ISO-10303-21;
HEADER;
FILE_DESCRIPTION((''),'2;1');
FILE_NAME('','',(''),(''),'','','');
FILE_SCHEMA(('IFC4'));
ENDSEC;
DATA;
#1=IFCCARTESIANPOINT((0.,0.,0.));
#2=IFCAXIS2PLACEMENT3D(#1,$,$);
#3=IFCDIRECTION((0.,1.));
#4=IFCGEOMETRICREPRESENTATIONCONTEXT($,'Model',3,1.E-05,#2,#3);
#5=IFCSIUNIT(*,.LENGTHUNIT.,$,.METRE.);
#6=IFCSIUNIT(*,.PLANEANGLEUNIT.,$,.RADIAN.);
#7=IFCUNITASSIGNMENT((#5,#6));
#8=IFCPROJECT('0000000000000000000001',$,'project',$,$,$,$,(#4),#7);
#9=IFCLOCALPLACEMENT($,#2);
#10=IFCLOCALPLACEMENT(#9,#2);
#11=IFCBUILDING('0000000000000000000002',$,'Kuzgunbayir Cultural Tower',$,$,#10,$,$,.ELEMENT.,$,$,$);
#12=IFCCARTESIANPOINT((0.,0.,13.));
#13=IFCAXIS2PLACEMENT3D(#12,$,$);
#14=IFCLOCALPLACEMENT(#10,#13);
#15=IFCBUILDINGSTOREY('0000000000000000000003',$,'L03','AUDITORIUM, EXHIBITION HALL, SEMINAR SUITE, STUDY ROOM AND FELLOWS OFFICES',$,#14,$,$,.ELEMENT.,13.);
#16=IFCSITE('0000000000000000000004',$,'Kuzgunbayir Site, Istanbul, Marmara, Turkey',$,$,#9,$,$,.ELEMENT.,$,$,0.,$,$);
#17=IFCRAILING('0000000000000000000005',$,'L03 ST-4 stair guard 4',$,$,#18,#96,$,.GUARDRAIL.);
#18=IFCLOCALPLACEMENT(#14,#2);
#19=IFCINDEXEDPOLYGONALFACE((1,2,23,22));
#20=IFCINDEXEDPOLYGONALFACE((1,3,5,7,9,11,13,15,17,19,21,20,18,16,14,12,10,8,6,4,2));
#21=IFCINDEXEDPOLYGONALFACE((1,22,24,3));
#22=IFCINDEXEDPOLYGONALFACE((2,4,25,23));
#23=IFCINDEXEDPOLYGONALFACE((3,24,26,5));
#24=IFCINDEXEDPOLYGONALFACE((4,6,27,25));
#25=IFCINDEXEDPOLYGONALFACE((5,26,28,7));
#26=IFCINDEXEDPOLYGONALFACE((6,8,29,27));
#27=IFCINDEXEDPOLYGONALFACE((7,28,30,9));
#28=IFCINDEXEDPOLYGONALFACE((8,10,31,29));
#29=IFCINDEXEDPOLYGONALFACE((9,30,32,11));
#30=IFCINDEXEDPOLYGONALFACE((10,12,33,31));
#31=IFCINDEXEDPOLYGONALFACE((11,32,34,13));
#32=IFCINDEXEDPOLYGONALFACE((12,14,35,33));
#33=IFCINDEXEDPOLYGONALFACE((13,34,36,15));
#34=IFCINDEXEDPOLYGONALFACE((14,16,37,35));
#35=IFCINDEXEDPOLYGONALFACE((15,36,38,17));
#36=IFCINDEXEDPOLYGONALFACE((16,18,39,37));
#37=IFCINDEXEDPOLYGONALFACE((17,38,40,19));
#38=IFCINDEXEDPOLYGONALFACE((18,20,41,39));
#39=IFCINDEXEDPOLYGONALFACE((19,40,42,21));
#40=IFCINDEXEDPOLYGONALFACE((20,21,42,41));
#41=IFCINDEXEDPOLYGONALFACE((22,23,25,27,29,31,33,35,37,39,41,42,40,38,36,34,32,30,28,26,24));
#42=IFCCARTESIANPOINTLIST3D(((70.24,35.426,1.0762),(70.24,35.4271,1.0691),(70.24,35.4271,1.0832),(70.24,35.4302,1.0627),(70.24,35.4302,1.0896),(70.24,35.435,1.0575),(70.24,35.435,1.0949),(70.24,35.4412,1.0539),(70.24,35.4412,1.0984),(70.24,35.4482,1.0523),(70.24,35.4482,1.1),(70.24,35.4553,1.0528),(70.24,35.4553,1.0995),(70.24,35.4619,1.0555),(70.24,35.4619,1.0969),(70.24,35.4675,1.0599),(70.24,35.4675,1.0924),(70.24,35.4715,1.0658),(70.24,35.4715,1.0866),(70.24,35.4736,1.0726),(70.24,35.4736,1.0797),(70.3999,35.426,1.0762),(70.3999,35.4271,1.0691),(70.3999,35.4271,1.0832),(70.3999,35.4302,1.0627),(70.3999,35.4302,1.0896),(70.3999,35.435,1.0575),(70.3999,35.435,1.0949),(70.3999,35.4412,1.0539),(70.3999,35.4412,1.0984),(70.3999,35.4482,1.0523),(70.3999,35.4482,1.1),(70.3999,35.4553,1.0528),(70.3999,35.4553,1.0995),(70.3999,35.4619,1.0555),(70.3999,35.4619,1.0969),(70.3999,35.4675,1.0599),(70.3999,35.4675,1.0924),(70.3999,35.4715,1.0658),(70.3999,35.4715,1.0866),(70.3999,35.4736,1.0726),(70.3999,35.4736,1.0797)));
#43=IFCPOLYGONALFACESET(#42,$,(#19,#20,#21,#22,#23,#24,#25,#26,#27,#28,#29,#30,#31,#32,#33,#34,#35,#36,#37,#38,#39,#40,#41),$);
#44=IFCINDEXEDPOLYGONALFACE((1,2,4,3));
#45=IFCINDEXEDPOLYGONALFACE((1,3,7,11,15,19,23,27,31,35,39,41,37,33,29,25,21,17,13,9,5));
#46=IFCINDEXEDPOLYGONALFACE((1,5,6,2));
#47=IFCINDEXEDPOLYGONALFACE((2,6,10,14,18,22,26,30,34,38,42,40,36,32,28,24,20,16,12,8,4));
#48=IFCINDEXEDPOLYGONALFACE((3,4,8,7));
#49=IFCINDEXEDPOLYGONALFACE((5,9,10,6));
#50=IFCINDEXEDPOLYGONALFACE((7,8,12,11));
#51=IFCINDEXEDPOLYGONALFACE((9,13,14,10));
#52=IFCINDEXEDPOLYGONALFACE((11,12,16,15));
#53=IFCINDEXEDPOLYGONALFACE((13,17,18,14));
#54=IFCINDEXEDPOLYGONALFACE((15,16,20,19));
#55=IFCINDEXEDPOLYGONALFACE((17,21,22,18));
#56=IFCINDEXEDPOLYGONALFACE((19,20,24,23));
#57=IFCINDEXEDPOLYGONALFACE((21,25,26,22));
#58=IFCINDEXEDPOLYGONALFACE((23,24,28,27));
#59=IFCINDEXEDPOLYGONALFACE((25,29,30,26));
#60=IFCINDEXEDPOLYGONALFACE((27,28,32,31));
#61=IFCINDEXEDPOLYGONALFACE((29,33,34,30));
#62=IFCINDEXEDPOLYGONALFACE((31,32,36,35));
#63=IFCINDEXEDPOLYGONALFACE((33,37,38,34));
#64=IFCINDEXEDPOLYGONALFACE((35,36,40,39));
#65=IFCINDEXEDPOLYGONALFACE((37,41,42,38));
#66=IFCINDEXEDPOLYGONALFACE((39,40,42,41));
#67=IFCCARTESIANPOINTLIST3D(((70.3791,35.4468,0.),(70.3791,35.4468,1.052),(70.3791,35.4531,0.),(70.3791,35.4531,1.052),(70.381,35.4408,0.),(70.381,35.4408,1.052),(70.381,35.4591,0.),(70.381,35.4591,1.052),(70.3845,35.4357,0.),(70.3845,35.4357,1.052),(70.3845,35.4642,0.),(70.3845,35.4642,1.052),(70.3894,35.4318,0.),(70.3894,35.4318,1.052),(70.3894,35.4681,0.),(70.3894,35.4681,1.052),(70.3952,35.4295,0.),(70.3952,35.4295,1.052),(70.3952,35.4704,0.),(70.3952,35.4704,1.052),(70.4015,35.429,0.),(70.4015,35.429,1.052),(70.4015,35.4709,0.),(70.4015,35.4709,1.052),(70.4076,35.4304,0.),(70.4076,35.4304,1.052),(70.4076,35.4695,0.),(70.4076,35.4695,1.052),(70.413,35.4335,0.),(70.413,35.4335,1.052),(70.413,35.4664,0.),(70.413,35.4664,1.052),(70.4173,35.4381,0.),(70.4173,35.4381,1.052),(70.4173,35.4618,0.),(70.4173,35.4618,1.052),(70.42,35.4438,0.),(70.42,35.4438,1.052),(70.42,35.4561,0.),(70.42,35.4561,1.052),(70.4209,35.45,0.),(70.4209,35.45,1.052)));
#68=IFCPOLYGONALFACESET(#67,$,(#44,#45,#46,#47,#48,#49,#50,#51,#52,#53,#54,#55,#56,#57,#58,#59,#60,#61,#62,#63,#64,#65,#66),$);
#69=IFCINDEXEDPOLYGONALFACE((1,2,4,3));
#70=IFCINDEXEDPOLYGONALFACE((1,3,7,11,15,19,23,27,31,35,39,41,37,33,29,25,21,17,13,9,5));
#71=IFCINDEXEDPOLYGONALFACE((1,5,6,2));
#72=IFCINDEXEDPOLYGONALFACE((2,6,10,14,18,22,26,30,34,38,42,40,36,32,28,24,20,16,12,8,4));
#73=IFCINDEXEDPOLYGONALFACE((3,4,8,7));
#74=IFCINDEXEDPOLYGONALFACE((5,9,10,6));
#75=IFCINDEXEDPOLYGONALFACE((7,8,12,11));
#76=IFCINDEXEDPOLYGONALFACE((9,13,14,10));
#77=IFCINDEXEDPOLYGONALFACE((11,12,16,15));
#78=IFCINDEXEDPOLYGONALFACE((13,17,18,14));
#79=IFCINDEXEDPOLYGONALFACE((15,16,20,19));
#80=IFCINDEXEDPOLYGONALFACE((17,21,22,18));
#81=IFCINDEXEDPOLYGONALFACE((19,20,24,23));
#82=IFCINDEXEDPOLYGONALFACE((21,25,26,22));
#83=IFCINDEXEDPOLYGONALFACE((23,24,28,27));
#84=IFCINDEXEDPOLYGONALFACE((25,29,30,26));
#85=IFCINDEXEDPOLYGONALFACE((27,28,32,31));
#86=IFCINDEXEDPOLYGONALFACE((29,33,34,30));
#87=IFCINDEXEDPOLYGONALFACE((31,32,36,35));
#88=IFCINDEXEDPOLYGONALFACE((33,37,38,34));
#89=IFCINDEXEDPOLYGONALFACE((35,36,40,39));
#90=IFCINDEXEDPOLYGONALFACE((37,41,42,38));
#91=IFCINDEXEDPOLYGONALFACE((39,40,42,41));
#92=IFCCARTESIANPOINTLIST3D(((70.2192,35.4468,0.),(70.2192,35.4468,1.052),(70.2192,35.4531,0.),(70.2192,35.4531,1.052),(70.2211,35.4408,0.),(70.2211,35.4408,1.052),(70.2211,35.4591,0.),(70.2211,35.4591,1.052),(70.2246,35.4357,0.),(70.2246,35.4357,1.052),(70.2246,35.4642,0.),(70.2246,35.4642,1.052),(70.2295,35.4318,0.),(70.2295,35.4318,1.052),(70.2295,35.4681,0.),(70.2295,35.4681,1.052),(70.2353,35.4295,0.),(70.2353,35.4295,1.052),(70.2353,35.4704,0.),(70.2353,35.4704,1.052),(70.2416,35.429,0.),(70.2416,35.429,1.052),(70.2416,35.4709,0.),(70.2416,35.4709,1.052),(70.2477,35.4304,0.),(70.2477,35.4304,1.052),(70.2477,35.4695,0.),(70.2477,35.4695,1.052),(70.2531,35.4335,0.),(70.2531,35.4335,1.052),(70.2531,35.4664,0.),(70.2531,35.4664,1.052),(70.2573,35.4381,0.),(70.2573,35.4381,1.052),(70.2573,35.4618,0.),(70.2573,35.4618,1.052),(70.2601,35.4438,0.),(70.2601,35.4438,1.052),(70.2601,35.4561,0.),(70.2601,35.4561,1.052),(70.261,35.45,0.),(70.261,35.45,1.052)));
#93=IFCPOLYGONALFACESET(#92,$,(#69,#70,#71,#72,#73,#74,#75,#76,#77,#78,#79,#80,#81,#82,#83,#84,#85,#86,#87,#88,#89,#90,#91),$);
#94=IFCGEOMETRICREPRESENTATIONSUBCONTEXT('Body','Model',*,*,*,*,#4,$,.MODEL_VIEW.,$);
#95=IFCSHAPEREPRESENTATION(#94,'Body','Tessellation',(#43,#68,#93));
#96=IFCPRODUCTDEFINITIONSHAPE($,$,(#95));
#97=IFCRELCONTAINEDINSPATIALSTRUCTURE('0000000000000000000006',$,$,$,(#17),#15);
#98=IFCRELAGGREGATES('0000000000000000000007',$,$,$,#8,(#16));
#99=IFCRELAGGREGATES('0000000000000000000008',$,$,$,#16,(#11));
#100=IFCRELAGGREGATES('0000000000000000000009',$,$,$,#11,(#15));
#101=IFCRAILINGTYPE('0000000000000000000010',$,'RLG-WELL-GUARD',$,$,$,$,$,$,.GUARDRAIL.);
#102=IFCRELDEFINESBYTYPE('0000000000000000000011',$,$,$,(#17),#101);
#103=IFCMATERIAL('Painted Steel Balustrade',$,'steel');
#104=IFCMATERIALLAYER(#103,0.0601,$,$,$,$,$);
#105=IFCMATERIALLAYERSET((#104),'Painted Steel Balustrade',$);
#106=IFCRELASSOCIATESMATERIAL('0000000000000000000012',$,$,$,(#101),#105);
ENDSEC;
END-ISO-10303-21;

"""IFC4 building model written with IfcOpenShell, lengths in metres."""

from ifc_helpers import new_model, si_unit, direction, frame, origin, origin_2d, place, context, subcontext, project, spatial, circle, extrude, material, layer, layer_set, type_object, element, save


model = new_model("IFC4")

# Units and contexts
model_context = context("Model", 3, precision=1e-05, world=origin(), true_north=direction((0.0, 1.0)))
body_context = subcontext(model_context, "Body", "Model", "MODEL_VIEW")
ifc_project = project(units=[si_unit("LENGTHUNIT", "METRE"), si_unit("PLANEANGLEUNIT", "RADIAN")], contexts=[model_context])

# Site, building, storey
site_placement = place(None, origin())
site = spatial("IfcSite", under=ifc_project, at=site_placement, Name="Kuzgunbayir Site, Istanbul, Marmara, Turkey", CompositionType="ELEMENT", RefElevation=0.0)
building_placement = place(site_placement, origin())
building = spatial("IfcBuilding", under=site, at=building_placement, Name="Kuzgunbayir Cultural Tower", CompositionType="ELEMENT")
storey_placement = place(building_placement, frame((0.0, 0.0, 13.0)))
storey = spatial("IfcBuildingStorey", under=building, at=storey_placement, Name="L03", Description="AUDITORIUM, EXHIBITION HALL, SEMINAR SUITE, STUDY ROOM AND FELLOWS OFFICES", CompositionType="ELEMENT", Elevation=13.0)

# Railing
ifc_material_1 = material(Name="Painted Steel Balustrade", Category="steel")
ifc_layer_1 = layer(ifc_material_1, 0.0601)
ifc_layer_set_1 = layer_set([ifc_layer_1], Name="Painted Steel Balustrade")
railing_type_1 = type_object("IfcRailingType", Name="RLG-WELL-GUARD", PredefinedType="GUARDRAIL", material=ifc_layer_set_1)
railing_1_placement = place(storey_placement, frame((70.3999, 35.45, 0.0)))
element("IfcRailing", 1, at=railing_1_placement, inside=storey, type_object=railing_type_1, Name="L03 ST-4 stair guard 4", PredefinedType="GUARDRAIL", context=body_context, shape_type="SweptSolid", body=[
    extrude(circle(Radius=0.0239, at=origin_2d()), frame((0.0, 0.0, 1.0762), z_axis=(-1.0, 0.0, 0.0), x_axis=(0.0, -1.0, 0.0)), (0.0, 0.0, 1.0), 0.1599),
    extrude(circle(Radius=0.021, at=origin_2d()), origin(), (0.0, 0.0, 1.0), 1.052),
    extrude(circle(Radius=0.021, at=origin_2d()), frame((-0.1599, 0.0, 0.0)), (0.0, 0.0, 1.0), 1.052),
])

save(model, "model.ifc")
